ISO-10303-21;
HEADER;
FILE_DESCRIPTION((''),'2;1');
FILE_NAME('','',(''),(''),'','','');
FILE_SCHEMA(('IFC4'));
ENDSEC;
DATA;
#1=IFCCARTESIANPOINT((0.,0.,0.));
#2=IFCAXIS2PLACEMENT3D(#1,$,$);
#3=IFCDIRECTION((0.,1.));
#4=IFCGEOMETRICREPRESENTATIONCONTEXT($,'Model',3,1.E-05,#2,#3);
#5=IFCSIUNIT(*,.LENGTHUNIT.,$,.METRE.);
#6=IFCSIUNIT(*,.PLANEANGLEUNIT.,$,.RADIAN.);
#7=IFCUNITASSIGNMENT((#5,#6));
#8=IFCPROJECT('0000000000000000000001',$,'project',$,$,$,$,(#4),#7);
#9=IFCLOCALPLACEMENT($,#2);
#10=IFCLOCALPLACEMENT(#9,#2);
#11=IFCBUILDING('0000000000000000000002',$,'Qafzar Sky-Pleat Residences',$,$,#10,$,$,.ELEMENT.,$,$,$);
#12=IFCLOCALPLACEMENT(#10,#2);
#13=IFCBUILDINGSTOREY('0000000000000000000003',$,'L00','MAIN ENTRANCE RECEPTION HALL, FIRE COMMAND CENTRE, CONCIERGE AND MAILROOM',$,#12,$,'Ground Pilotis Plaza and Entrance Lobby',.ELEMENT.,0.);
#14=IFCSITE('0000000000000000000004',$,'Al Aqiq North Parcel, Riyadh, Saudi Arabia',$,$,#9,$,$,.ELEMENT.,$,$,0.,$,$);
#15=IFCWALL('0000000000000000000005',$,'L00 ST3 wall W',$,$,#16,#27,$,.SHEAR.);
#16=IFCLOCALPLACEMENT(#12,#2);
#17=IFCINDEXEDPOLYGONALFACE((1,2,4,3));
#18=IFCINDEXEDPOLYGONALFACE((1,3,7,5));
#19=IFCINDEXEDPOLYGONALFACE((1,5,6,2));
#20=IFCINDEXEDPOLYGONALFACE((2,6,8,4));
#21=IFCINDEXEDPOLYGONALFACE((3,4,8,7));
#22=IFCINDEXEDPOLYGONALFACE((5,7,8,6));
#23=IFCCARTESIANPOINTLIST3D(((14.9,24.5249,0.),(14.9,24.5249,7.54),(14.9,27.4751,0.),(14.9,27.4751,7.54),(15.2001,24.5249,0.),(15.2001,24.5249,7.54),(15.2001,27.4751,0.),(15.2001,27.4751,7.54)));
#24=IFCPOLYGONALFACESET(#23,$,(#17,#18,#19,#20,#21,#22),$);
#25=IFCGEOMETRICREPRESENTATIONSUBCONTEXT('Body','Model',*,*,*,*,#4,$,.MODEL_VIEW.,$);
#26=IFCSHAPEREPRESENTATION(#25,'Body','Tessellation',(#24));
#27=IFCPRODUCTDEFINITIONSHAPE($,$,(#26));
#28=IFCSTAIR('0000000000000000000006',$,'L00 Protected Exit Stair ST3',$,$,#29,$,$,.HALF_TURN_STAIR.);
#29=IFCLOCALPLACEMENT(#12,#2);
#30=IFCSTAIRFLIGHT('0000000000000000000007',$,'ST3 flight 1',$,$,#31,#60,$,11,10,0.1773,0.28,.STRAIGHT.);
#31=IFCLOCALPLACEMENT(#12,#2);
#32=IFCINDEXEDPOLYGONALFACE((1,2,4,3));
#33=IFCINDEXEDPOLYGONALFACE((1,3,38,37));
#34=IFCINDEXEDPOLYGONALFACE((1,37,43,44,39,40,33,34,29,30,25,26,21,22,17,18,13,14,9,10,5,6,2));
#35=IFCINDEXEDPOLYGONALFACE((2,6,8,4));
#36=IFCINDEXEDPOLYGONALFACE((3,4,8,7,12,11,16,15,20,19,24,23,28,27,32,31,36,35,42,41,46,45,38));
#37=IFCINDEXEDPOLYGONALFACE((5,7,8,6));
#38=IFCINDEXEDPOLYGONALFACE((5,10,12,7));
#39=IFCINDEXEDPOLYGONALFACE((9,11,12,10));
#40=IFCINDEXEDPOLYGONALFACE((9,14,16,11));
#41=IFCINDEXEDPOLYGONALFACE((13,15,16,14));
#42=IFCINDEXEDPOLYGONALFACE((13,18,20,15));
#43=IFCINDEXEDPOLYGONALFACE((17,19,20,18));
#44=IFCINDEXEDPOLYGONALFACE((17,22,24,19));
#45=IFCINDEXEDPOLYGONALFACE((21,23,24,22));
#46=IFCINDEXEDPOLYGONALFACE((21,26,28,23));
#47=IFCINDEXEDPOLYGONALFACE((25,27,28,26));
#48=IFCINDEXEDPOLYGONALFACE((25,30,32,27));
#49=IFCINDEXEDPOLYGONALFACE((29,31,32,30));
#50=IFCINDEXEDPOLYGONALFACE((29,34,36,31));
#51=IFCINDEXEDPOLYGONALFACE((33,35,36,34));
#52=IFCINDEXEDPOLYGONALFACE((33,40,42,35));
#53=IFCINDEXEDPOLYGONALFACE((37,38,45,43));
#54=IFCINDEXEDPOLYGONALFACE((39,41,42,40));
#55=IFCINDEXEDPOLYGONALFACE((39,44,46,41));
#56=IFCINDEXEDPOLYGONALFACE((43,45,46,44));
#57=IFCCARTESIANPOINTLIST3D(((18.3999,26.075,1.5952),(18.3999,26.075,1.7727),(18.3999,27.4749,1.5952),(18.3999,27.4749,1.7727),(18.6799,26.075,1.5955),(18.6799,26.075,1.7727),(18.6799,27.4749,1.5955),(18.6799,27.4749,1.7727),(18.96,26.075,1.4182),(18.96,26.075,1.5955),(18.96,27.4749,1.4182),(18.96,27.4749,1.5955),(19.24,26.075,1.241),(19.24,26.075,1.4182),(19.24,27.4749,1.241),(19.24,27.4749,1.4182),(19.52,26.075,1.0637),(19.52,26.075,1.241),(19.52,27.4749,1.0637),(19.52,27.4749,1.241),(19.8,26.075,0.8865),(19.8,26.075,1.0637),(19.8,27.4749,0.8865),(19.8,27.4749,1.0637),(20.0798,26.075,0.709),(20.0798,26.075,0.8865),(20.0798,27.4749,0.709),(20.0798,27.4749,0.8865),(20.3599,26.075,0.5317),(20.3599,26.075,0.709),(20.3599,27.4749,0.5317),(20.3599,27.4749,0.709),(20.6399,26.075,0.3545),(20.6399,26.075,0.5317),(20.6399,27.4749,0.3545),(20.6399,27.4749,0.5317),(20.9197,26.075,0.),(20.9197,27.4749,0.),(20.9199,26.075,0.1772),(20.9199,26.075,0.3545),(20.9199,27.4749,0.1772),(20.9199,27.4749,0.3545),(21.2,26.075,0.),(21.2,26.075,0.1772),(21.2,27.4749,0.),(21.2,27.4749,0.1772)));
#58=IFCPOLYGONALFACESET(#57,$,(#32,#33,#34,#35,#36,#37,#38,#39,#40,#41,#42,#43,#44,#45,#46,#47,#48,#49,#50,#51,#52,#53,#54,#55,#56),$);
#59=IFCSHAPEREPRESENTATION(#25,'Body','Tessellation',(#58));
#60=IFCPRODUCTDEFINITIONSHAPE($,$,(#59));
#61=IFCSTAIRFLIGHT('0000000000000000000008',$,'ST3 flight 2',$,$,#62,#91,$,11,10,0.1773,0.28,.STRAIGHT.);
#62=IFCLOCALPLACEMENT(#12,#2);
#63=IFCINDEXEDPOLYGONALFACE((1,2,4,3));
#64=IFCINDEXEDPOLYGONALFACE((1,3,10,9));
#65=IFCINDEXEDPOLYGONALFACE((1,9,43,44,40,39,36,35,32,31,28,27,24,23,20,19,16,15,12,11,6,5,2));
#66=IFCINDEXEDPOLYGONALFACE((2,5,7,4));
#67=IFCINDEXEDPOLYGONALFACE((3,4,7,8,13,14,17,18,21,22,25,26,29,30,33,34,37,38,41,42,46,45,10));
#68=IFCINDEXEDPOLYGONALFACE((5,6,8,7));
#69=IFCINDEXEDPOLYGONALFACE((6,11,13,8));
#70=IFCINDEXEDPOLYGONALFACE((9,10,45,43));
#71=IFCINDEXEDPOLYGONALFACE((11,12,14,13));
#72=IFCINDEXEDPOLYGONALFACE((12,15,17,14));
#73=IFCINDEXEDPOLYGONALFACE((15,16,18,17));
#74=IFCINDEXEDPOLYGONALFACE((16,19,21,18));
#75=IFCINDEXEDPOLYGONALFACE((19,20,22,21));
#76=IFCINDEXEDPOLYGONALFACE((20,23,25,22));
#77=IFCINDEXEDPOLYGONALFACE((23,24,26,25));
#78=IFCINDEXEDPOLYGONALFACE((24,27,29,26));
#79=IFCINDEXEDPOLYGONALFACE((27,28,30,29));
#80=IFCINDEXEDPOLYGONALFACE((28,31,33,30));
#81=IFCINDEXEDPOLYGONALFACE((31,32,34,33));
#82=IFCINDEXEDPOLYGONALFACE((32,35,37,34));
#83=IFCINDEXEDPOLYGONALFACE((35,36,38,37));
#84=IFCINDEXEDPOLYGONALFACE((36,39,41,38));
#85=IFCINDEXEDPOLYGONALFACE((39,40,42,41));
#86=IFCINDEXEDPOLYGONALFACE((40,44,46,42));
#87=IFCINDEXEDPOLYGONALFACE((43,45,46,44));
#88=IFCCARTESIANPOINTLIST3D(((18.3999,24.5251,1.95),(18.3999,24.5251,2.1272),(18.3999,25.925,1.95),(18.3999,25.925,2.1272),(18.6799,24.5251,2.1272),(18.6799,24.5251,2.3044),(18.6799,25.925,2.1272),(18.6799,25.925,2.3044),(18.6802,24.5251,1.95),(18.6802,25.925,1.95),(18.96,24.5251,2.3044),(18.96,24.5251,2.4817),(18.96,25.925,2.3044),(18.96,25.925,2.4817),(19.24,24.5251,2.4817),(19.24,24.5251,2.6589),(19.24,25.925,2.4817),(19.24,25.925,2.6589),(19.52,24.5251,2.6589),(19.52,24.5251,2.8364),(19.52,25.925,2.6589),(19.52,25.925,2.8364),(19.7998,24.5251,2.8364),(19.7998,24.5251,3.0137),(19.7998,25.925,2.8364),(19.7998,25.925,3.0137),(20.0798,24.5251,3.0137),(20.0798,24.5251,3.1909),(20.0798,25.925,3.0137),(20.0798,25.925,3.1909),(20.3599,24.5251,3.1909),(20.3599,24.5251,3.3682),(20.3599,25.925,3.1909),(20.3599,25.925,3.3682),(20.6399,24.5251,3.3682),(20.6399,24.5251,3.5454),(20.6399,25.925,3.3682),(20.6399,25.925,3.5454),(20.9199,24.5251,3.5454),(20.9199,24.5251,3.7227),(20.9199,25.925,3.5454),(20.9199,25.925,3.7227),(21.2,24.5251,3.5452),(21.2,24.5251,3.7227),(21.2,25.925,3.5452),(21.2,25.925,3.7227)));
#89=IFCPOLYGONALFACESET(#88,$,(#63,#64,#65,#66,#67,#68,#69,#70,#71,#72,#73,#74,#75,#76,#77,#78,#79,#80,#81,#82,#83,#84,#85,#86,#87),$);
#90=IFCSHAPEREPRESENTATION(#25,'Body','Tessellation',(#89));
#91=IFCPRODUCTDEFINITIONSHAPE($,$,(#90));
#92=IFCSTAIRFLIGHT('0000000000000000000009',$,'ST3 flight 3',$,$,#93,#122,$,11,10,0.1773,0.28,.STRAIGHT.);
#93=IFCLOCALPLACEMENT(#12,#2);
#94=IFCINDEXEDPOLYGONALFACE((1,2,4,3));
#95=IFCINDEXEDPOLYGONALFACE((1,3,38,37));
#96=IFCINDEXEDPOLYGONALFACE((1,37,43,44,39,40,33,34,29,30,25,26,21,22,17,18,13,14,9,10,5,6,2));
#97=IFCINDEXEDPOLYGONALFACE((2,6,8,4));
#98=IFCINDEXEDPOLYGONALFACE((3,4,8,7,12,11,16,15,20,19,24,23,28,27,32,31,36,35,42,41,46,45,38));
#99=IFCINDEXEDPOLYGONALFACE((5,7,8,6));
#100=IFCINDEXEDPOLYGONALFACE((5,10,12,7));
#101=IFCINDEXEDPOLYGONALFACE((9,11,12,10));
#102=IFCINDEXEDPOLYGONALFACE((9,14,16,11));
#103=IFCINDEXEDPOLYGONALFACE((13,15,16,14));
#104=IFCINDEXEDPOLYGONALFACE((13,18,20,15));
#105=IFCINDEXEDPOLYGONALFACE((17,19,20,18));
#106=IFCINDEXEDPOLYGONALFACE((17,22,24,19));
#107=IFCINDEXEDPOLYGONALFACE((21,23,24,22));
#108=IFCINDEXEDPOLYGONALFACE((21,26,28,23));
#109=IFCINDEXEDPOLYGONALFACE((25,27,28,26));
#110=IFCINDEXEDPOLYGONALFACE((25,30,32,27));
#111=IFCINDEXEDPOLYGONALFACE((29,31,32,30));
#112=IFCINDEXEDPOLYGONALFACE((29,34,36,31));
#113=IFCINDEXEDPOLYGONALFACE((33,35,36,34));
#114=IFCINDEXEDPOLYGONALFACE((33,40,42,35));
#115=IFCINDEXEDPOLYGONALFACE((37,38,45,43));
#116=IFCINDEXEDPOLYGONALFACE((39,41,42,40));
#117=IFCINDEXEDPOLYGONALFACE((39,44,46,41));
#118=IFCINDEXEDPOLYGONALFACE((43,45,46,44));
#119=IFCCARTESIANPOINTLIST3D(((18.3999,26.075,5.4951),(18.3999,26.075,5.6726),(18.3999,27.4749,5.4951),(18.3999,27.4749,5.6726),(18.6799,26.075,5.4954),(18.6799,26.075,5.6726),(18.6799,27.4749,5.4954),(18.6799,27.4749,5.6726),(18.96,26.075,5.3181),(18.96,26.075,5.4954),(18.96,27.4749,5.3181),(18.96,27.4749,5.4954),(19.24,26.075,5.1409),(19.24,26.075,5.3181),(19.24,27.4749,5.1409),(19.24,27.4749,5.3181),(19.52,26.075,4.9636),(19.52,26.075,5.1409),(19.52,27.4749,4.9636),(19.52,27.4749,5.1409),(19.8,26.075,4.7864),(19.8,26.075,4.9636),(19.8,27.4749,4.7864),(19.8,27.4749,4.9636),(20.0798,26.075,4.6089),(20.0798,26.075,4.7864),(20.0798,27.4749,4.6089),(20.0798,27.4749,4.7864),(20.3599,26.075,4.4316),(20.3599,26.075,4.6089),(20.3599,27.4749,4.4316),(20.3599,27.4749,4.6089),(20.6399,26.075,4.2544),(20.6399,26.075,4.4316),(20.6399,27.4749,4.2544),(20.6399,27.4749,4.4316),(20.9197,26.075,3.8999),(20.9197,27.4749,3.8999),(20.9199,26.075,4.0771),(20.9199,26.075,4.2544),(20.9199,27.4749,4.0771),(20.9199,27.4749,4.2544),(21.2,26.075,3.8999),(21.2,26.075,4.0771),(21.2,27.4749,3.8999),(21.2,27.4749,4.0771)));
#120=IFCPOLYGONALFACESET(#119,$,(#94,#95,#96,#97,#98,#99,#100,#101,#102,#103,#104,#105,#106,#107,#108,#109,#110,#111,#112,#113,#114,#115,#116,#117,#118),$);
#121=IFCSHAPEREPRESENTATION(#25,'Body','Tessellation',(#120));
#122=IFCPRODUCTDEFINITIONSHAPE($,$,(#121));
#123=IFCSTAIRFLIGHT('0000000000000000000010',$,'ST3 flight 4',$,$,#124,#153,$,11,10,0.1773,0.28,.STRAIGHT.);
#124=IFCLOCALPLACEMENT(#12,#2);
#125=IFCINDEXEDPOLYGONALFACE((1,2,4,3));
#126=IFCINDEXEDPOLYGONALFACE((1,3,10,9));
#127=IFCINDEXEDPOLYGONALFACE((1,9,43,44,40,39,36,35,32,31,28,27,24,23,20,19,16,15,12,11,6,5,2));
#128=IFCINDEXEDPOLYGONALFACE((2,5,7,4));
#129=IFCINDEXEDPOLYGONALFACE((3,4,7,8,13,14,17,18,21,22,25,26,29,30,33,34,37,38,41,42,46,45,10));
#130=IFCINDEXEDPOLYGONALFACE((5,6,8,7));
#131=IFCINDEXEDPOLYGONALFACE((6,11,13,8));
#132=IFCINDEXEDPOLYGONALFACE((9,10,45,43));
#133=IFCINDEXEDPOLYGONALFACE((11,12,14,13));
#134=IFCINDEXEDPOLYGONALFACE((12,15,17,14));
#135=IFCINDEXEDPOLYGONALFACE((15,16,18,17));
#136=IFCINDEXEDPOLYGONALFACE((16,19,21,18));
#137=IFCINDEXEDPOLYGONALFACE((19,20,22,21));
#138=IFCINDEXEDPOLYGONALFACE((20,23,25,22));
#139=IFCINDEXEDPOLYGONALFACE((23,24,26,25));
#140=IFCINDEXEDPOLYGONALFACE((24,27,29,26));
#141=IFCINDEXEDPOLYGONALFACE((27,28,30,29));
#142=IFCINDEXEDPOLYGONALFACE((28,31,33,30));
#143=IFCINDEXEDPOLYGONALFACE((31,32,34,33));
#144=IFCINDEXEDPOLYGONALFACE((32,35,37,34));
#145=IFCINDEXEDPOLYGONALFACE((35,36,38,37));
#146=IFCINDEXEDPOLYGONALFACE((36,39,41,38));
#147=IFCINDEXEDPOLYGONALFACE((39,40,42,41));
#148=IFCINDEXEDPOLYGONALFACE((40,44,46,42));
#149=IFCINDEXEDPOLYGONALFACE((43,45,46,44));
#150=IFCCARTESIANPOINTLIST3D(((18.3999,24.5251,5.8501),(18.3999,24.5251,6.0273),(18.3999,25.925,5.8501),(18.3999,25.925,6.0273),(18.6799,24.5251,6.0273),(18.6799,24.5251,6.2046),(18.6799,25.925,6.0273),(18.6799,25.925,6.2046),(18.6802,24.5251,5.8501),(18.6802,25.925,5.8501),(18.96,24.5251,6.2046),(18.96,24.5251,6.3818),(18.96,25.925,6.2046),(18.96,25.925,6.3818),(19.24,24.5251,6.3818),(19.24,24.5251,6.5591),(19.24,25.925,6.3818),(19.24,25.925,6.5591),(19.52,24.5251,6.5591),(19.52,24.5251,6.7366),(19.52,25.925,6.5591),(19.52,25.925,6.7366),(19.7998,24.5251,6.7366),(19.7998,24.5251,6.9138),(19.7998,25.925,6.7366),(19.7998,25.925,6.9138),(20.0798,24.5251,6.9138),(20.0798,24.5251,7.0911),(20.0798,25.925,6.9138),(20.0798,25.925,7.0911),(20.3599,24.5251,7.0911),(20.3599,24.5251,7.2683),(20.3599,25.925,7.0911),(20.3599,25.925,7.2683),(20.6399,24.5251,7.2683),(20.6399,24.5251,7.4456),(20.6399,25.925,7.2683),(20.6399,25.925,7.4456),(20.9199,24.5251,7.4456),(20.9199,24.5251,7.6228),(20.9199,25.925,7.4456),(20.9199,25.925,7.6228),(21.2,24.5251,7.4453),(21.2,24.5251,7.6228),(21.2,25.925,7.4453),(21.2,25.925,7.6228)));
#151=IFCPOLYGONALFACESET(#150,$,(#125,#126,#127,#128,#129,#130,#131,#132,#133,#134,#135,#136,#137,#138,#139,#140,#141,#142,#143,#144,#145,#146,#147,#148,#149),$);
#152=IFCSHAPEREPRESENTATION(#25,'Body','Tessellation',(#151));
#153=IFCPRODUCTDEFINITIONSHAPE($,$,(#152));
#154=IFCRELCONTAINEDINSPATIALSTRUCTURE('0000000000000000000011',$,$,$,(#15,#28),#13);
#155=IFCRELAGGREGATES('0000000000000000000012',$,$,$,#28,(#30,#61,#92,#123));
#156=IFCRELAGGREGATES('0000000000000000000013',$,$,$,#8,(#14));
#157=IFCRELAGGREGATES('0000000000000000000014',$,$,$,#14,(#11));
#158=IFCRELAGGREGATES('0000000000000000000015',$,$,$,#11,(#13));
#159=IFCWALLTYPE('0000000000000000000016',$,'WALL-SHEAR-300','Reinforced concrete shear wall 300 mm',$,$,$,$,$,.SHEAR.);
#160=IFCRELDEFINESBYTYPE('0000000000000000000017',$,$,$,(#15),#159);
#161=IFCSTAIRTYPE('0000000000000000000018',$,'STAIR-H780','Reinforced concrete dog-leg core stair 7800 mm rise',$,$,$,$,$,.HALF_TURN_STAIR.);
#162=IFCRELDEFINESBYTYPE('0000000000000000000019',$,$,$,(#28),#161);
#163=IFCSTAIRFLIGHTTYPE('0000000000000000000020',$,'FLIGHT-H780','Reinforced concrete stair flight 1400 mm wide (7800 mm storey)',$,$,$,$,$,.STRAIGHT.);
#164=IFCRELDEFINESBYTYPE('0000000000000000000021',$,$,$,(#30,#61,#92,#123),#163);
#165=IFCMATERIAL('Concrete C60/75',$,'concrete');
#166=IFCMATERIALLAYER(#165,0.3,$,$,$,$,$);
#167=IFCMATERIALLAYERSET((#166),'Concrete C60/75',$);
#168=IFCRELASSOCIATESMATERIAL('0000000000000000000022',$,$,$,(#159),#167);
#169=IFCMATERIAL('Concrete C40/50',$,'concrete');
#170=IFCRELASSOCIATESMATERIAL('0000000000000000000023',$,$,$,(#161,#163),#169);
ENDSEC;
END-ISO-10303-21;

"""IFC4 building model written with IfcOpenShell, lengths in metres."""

from ifc_helpers import new_model, si_unit, direction, frame, frame_2d, origin, place, context, subcontext, project, spatial, polyline, rectangle, outline, extrude, source, transform, mapped, material, layer, layer_set, type_object, element, aggregate, save


model = new_model("IFC4")

# Units and contexts
model_context = context("Model", 3, precision=1e-05, world=origin(), true_north=direction((0.0, 1.0)))
body_context = subcontext(model_context, "Body", "Model", "MODEL_VIEW")
ifc_project = project(units=[si_unit("LENGTHUNIT", "METRE"), si_unit("PLANEANGLEUNIT", "RADIAN")], contexts=[model_context])

# Site, building, storey
site_placement = place(None, origin())
site = spatial("IfcSite", under=ifc_project, at=site_placement, Name="Al Aqiq North Parcel, Riyadh, Saudi Arabia", CompositionType="ELEMENT", RefElevation=0.0)
building_placement = place(site_placement, origin())
building = spatial("IfcBuilding", under=site, at=building_placement, Name="Qafzar Sky-Pleat Residences", CompositionType="ELEMENT")
storey_placement = place(building_placement, origin())
storey = spatial("IfcBuildingStorey", under=building, at=storey_placement, Name="L00", Description="MAIN ENTRANCE RECEPTION HALL, FIRE COMMAND CENTRE, CONCIERGE AND MAILROOM", LongName="Ground Pilotis Plaza and Entrance Lobby", CompositionType="ELEMENT", Elevation=0.0)

# Shared definitions
ifc_material_1 = material(Name="Concrete C60/75", Category="concrete")

# Wall
ifc_layer_1 = layer(ifc_material_1, 0.3)
ifc_layer_set_1 = layer_set([ifc_layer_1], Name="Concrete C60/75")
wall_type_1 = type_object("IfcWallType", Name="WALL-SHEAR-300", Description="Reinforced concrete shear wall 300 mm", PredefinedType="SHEAR", material=ifc_layer_set_1)
wall_1_placement = place(storey_placement, frame((15.05, 27.4751, 0.0), z_axis=(0.0, 0.0, 1.0), x_axis=(0.0, -1.0, 0.0)))
element("IfcWall", 1, at=wall_1_placement, inside=storey, type_object=wall_type_1, Name="L00 ST3 wall W", PredefinedType="SHEAR", context=body_context, shape_type="SweptSolid", body=[
    extrude(rectangle(XDim=2.9502, YDim=0.3, at=frame_2d((1.4751, 0.0))), origin(), (0.0, 0.0, 1.0), 7.54),
])

# Stair, stair flights
ifc_material_2 = material(Name="Concrete C40/50", Category="concrete")
stair_type = type_object("IfcStairType", Name="STAIR-H780", Description="Reinforced concrete dog-leg core stair 7800 mm rise", PredefinedType="HALF_TURN_STAIR", material=ifc_material_2)
stair_placement = place(storey_placement, origin())
stair = element("IfcStair", 2, at=stair_placement, inside=storey, type_object=stair_type, Name="L00 Protected Exit Stair ST3", PredefinedType="HALF_TURN_STAIR")
stair_flight_type = type_object("IfcStairFlightType", Name="FLIGHT-H780", Description="Reinforced concrete stair flight 1400 mm wide (7800 mm storey)", PredefinedType="STRAIGHT", material=ifc_material_2)
shared_shape_1 = source(origin(), body_context, "Body", "SweptSolid", [
    extrude(outline(polyline([(0.0, 0.0), (0.0, 0.1772), (0.28, 0.1772), (0.28, 0.3545), (0.5601, 0.3545), (0.5601, 0.5317), (0.8401, 0.5317), (0.8401, 0.709), (1.1201, 0.709), (1.1201, 0.8865), (1.3999, 0.8865), (1.3999, 1.0637), (1.6799, 1.0637), (1.6799, 1.241), (1.96, 1.241), (1.96, 1.4182), (2.24, 1.4182), (2.24, 1.5955), (2.52, 1.5955), (2.52, 1.7727), (2.8, 1.7727), (2.8, 1.95), (2.8, 1.5952), (0.2803, 0.0), (0.0, 0.0)])), frame((0.0, 0.7, 0.0), z_axis=(0.0, -1.0, 0.0), x_axis=(1.0, 0.0, 0.0)), (0.0, 0.0, 1.0), 1.3999),
])
stair_flight_1_placement = place(storey_placement, frame((21.2, 26.7749, 0.0), z_axis=(0.0, 0.0, 1.0), x_axis=(-1.0, 0.0, 0.0)))
stair_flight_1 = element("IfcStairFlight", 3, at=stair_flight_1_placement, type_object=stair_flight_type, Name="ST3 flight 1", NumberOfRisers=11, NumberOfTreads=10, PredefinedType="STRAIGHT", RiserHeight=0.1773, TreadLength=0.28, context=body_context, shape_type="MappedRepresentation", body=[
    mapped(shared_shape_1, transform((0.0, 0.0, 0.0), x_axis=(1.0, 0.0, 0.0), y_axis=(0.0, 1.0, 0.0), z_axis=(0.0, 0.0, 1.0), scale=1.0)),
])
stair_flight_2_placement = place(storey_placement, frame((18.3999, 25.2251, 1.95), z_axis=(0.0, 0.0, 1.0), x_axis=(1.0, 0.0, 0.0)))
stair_flight_2 = element("IfcStairFlight", 4, at=stair_flight_2_placement, type_object=stair_flight_type, Name="ST3 flight 2", NumberOfRisers=11, NumberOfTreads=10, PredefinedType="STRAIGHT", RiserHeight=0.1773, TreadLength=0.28, context=body_context, shape_type="MappedRepresentation", body=[
    mapped(shared_shape_1, transform((0.0, 0.0, 0.0), x_axis=(1.0, 0.0, 0.0), y_axis=(0.0, 1.0, 0.0), z_axis=(0.0, 0.0, 1.0), scale=1.0)),
])
stair_flight_3_placement = place(storey_placement, frame((21.2, 26.7749, 3.8999), z_axis=(0.0, 0.0, 1.0), x_axis=(-1.0, 0.0, 0.0)))
stair_flight_3 = element("IfcStairFlight", 5, at=stair_flight_3_placement, type_object=stair_flight_type, Name="ST3 flight 3", NumberOfRisers=11, NumberOfTreads=10, PredefinedType="STRAIGHT", RiserHeight=0.1773, TreadLength=0.28, context=body_context, shape_type="MappedRepresentation", body=[
    mapped(shared_shape_1, transform((0.0, 0.0, 0.0), x_axis=(1.0, 0.0, 0.0), y_axis=(0.0, 1.0, 0.0), z_axis=(0.0, 0.0, 1.0), scale=1.0)),
])
stair_flight_4_placement = place(storey_placement, frame((18.3999, 25.2251, 5.8501), z_axis=(0.0, 0.0, 1.0), x_axis=(1.0, 0.0, 0.0)))
stair_flight_4 = element("IfcStairFlight", 6, at=stair_flight_4_placement, type_object=stair_flight_type, Name="ST3 flight 4", NumberOfRisers=11, NumberOfTreads=10, PredefinedType="STRAIGHT", RiserHeight=0.1773, TreadLength=0.28, context=body_context, shape_type="MappedRepresentation", body=[
    mapped(shared_shape_1, transform((0.0, 0.0, 0.0), x_axis=(1.0, 0.0, 0.0), y_axis=(0.0, 1.0, 0.0), z_axis=(0.0, 0.0, 1.0), scale=1.0)),
])
aggregate(stair, [stair_flight_1, stair_flight_2, stair_flight_3, stair_flight_4])

save(model, "model.ifc")
